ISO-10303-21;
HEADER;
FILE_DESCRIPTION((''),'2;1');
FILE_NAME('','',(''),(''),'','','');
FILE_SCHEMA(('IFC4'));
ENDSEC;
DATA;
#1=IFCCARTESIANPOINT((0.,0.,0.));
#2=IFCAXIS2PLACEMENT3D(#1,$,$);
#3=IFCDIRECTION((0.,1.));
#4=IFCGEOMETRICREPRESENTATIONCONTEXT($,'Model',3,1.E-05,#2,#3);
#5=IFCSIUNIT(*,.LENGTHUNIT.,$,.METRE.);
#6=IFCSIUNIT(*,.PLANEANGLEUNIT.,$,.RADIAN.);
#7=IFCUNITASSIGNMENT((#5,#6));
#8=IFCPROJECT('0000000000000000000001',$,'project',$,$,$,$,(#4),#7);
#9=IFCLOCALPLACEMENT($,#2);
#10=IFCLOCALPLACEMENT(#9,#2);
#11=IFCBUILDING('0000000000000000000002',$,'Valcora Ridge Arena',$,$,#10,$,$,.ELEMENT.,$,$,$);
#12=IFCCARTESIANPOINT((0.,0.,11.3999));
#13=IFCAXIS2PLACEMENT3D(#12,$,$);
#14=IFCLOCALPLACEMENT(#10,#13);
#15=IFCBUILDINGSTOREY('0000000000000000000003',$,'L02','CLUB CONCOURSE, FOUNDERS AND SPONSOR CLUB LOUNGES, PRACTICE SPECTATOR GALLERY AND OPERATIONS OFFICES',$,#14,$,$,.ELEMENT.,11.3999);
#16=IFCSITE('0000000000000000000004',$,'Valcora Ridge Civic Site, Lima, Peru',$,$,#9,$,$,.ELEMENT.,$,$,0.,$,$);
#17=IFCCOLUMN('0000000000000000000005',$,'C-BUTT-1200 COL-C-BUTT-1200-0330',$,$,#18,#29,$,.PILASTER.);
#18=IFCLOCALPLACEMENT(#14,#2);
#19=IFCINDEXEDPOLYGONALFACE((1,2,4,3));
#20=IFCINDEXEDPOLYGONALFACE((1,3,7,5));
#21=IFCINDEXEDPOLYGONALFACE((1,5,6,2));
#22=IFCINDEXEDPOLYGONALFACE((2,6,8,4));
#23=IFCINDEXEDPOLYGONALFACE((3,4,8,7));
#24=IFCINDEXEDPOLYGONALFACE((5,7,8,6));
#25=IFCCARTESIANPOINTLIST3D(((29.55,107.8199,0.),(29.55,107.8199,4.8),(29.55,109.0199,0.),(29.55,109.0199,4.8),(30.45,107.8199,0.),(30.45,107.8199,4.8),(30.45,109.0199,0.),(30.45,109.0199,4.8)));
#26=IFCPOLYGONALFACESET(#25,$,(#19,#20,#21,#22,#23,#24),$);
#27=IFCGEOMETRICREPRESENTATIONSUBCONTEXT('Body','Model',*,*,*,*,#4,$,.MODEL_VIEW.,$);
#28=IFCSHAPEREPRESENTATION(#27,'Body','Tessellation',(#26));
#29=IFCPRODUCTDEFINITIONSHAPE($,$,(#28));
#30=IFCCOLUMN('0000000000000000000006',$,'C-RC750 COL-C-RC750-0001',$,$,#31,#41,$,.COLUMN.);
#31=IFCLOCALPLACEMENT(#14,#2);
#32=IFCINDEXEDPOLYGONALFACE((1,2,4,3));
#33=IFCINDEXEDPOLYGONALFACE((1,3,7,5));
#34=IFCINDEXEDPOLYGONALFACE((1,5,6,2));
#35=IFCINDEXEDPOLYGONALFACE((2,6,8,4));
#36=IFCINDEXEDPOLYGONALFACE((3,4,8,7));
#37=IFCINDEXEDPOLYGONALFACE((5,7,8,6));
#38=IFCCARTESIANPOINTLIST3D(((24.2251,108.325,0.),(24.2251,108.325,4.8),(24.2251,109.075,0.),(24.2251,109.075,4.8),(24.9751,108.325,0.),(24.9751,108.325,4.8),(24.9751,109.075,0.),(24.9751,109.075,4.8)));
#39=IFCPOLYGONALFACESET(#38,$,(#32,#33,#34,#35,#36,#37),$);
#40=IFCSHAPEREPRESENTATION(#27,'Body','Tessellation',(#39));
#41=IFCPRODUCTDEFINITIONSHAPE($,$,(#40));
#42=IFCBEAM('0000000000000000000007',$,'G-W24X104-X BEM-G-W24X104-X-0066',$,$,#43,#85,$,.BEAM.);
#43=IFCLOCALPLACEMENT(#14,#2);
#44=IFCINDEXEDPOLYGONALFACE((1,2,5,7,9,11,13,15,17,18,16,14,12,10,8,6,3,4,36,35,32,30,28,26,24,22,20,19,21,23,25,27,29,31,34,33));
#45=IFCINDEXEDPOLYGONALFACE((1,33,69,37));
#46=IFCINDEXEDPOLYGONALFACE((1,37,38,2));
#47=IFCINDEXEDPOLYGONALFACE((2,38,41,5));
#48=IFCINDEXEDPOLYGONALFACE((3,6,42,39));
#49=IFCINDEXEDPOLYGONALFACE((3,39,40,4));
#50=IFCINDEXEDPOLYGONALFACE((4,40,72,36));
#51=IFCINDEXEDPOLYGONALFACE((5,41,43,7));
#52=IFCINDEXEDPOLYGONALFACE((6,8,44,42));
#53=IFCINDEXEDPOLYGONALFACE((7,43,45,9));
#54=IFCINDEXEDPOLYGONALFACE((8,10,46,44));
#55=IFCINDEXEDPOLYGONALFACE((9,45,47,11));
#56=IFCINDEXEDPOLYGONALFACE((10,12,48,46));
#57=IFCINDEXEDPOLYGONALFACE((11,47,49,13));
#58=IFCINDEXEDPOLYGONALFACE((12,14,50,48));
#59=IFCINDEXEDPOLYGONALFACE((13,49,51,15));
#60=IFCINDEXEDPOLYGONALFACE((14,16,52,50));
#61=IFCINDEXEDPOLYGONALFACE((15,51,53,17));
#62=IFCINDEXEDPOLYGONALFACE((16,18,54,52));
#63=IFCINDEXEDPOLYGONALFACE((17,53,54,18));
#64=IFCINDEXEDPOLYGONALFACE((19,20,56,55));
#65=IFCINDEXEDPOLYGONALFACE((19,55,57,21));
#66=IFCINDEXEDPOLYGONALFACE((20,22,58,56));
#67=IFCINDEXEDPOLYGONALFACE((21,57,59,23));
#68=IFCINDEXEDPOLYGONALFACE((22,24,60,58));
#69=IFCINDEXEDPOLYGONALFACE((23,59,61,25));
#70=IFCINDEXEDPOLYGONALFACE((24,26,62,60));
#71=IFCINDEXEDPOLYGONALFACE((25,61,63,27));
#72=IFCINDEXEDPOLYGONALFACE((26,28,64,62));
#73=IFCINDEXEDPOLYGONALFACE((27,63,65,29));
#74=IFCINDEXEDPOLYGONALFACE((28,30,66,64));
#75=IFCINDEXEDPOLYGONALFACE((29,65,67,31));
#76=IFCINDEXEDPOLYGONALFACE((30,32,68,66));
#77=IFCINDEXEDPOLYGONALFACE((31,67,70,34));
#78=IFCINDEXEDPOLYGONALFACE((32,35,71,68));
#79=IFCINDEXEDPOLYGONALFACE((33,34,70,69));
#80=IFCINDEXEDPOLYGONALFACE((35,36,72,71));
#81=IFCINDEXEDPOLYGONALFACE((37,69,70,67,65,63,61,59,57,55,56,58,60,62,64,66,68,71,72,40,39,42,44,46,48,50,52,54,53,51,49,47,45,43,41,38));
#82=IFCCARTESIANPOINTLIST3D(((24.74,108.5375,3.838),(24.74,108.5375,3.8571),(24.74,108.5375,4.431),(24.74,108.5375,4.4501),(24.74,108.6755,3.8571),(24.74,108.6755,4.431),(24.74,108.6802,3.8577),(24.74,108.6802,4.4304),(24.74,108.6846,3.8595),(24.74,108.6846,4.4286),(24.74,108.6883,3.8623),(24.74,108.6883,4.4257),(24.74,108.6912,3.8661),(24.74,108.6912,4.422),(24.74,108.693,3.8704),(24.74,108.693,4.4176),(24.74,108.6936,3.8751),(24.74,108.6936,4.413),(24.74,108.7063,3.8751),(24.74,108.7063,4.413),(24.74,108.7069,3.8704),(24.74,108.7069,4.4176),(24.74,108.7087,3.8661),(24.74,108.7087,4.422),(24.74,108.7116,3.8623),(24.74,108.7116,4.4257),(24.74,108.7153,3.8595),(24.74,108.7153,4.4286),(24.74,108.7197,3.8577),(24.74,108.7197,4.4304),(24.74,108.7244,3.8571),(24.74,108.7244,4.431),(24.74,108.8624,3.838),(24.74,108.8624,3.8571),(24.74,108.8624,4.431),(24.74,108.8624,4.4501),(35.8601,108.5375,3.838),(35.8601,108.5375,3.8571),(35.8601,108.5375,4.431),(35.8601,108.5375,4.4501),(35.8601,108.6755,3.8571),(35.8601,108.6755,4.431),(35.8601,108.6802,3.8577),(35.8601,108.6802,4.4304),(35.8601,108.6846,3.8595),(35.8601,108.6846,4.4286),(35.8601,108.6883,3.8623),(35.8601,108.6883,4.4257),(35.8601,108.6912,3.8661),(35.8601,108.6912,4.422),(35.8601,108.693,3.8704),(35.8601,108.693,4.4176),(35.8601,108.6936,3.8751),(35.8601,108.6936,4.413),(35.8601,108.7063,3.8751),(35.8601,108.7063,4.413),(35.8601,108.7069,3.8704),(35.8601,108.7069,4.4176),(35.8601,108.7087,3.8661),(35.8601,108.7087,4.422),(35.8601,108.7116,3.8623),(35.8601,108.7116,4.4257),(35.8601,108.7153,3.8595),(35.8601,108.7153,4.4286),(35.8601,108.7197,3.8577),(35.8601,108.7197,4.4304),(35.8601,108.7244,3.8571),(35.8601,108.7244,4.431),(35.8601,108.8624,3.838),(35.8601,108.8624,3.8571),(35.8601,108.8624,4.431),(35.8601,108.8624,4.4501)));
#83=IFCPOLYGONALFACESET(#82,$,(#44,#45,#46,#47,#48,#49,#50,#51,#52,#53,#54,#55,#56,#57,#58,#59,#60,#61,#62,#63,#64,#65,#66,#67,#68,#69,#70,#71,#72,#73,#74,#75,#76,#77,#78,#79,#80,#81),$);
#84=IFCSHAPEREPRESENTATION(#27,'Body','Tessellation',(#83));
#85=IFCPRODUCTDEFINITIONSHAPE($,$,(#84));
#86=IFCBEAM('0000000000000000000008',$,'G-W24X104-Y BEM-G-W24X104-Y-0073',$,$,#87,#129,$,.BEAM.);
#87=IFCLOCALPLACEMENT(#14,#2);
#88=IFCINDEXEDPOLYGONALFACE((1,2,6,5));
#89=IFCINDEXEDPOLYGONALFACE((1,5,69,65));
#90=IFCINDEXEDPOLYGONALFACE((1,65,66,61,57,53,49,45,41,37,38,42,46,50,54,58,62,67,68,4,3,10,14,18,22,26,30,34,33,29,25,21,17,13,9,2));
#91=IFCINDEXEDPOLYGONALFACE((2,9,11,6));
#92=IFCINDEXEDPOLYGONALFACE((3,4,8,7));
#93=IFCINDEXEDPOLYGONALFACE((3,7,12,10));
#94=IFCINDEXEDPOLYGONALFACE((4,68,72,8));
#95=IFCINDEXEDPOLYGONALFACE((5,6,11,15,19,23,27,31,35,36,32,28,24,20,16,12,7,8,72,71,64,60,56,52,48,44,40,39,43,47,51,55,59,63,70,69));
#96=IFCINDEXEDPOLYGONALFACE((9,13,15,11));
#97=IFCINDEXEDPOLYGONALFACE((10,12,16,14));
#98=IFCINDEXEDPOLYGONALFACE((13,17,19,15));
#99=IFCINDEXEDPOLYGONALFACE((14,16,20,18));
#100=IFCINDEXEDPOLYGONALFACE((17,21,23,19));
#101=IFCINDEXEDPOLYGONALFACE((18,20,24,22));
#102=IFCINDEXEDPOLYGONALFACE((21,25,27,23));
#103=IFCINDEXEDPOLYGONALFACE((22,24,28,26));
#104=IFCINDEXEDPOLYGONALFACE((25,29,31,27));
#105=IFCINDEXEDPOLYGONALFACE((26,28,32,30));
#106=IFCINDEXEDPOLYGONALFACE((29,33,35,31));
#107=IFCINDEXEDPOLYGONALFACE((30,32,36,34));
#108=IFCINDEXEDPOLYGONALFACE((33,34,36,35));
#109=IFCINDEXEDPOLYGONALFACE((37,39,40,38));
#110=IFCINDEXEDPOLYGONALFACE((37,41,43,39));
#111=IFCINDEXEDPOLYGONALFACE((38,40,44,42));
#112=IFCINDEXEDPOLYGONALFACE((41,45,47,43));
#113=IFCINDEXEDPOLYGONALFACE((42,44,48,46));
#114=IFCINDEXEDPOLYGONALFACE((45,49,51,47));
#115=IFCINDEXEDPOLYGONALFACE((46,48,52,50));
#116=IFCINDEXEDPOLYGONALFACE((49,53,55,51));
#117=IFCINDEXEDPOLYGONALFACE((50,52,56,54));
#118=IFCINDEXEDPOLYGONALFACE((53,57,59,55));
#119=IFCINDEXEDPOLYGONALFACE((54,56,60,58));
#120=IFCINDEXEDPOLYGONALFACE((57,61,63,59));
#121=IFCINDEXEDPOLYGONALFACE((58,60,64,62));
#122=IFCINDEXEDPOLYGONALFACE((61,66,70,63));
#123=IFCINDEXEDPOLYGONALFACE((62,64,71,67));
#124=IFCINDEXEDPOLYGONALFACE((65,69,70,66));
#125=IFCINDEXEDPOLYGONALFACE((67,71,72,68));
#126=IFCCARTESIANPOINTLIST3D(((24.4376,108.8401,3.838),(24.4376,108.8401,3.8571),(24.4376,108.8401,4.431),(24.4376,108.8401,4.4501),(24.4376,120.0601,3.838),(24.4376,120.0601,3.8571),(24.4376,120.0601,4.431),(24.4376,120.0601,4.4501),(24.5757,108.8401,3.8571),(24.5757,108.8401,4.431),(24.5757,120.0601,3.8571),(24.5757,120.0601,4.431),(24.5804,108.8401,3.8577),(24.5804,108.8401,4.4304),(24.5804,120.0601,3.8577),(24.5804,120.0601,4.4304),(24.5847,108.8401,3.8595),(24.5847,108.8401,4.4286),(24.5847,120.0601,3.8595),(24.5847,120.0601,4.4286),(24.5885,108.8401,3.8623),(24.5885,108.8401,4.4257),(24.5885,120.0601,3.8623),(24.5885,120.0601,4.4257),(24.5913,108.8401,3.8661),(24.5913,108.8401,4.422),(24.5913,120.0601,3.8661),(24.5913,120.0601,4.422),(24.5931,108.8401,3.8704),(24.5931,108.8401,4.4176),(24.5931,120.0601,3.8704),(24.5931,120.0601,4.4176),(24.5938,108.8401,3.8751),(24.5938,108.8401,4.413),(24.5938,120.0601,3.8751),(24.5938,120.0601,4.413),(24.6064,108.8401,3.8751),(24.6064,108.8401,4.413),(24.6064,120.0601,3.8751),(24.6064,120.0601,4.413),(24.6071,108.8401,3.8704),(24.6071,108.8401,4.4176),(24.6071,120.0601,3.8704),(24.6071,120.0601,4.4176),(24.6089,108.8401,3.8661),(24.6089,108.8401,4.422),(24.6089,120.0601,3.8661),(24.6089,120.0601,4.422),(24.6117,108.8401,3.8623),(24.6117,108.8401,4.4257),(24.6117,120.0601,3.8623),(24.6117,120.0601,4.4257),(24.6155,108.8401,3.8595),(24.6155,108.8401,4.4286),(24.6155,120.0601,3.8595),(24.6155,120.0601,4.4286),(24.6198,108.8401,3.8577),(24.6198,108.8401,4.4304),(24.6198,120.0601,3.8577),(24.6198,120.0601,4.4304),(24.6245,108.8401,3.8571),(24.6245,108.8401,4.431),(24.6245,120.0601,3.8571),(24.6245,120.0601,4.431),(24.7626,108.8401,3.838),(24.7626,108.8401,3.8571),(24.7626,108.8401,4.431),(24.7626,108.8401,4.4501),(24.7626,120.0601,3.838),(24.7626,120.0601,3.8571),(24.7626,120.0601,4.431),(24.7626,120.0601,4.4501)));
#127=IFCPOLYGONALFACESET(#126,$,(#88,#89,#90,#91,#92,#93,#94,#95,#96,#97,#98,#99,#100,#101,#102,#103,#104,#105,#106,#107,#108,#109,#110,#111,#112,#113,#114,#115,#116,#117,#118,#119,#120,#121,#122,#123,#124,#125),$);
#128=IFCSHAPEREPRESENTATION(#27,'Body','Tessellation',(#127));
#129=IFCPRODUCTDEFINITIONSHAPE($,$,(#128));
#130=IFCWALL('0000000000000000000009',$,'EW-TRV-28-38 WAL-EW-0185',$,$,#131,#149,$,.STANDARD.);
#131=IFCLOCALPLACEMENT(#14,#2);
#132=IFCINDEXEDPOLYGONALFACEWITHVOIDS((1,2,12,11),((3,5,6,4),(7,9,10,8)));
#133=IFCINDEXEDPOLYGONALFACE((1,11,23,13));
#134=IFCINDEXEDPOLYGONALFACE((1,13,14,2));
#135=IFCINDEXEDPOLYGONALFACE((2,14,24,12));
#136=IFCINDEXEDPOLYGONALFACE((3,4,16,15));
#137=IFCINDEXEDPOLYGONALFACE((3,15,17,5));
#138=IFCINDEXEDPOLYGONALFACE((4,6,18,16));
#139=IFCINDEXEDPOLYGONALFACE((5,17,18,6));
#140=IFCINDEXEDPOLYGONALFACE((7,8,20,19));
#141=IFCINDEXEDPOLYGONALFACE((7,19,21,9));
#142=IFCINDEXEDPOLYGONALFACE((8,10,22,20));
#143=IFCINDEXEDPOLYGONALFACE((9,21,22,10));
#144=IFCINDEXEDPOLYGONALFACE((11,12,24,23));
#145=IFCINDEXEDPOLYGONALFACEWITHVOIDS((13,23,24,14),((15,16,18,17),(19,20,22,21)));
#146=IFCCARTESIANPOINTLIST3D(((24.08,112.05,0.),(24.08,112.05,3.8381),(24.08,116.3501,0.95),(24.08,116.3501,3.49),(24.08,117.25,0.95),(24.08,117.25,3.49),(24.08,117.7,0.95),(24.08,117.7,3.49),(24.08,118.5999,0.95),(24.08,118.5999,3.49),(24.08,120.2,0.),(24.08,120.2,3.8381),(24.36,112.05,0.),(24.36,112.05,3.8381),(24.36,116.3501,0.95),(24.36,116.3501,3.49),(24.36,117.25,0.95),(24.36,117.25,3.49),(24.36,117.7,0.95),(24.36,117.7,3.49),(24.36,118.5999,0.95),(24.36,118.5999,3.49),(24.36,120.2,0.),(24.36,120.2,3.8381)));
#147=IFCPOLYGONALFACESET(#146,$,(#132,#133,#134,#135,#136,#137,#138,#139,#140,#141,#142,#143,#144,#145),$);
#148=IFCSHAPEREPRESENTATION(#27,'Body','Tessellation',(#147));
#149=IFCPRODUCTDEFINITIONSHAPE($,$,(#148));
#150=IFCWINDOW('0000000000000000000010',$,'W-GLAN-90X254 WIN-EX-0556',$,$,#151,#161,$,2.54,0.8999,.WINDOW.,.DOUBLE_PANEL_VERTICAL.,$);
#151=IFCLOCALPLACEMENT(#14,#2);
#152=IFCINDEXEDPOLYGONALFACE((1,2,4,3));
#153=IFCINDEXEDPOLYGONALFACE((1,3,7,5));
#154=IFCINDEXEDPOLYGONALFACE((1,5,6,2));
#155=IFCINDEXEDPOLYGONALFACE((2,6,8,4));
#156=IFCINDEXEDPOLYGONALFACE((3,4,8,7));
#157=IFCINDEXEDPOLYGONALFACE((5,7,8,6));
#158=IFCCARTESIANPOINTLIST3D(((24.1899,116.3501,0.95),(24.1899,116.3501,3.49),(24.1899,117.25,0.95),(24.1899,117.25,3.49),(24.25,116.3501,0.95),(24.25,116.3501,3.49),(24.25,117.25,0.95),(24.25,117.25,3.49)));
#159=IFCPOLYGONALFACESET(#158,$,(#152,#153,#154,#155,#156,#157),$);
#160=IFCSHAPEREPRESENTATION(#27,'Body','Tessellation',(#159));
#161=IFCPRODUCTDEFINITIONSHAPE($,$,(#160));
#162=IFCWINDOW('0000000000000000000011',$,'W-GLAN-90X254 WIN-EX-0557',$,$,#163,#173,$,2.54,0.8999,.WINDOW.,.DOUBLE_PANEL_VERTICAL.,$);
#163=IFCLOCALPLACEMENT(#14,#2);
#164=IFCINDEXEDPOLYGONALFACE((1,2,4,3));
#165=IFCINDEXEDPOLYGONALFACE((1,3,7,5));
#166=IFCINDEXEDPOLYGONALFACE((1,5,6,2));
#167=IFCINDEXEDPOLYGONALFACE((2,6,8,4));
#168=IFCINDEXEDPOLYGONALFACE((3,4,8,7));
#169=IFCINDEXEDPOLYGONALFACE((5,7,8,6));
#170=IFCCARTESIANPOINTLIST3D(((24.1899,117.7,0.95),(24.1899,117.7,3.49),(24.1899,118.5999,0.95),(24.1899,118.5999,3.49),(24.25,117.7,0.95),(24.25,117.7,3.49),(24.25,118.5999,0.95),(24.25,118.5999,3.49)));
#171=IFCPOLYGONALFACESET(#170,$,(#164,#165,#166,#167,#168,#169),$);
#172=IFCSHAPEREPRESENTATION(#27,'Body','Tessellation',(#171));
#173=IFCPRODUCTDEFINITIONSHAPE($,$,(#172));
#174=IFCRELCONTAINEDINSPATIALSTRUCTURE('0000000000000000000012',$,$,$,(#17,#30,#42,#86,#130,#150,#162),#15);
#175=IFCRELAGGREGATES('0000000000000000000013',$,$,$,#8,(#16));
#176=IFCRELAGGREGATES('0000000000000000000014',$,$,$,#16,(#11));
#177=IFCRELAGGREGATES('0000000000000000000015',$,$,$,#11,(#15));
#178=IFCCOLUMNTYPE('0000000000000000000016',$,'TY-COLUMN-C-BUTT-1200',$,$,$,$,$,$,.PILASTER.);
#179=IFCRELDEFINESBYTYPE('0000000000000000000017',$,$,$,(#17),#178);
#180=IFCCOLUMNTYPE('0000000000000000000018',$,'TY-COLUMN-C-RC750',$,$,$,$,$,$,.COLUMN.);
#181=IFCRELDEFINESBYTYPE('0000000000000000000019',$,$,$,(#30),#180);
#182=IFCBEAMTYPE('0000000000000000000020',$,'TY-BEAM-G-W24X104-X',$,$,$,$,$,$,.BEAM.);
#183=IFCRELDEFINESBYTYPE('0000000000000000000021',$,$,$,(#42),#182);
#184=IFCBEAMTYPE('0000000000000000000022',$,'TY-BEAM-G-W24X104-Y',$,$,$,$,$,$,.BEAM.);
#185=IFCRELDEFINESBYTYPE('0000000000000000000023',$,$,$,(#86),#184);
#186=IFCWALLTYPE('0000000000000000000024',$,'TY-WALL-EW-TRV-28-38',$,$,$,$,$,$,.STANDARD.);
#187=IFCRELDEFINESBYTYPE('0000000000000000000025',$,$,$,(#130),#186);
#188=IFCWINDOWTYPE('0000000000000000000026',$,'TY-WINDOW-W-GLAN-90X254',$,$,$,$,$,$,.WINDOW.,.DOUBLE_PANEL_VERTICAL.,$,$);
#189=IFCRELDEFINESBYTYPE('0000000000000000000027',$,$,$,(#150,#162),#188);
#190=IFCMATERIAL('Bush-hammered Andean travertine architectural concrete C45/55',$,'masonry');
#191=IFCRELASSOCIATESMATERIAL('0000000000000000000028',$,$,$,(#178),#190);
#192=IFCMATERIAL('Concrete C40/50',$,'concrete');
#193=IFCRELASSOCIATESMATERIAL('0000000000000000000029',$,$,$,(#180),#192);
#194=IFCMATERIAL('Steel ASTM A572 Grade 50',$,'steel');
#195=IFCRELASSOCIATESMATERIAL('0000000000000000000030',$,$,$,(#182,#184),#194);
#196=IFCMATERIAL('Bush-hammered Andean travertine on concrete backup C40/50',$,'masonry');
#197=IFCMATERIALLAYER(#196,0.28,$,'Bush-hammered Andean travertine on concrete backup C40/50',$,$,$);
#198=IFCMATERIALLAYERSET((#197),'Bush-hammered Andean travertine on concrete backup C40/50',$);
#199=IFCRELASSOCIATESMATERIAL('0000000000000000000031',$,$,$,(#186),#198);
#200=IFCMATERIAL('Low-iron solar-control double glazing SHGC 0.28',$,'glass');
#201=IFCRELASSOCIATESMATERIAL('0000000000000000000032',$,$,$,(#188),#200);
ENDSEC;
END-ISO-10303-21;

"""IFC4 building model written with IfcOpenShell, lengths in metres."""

from ifc_helpers import new_model, si_unit, direction, frame, frame_2d, origin, origin_2d, place, context, subcontext, project, spatial, rectangle, i_section, extrude, material, layer, layer_set, material_profile, profile_set, type_object, element, fill, save


model = new_model("IFC4")

# Units and contexts
model_context = context("Model", 3, precision=1e-05, world=origin(), true_north=direction((0.0, 1.0)))
body_context = subcontext(model_context, "Body", "Model", "MODEL_VIEW")
ifc_project = project(units=[si_unit("LENGTHUNIT", "METRE"), si_unit("PLANEANGLEUNIT", "RADIAN")], contexts=[model_context])

# Site, building, storey
site_placement = place(None, origin())
site = spatial("IfcSite", under=ifc_project, at=site_placement, Name="Valcora Ridge Civic Site, Lima, Peru", CompositionType="ELEMENT", RefElevation=0.0)
building_placement = place(site_placement, origin())
building = spatial("IfcBuilding", under=site, at=building_placement, Name="Valcora Ridge Arena", CompositionType="ELEMENT")
storey_placement = place(building_placement, frame((0.0, 0.0, 11.3999)))
storey = spatial("IfcBuildingStorey", under=building, at=storey_placement, Name="L02", Description="CLUB CONCOURSE, FOUNDERS AND SPONSOR CLUB LOUNGES, PRACTICE SPECTATOR GALLERY AND OPERATIONS OFFICES", CompositionType="ELEMENT", Elevation=11.3999)

# Columns
ifc_material_1 = material(Name="Bush-hammered Andean travertine architectural concrete C45/55", Category="masonry")
ifc_material_profile_1 = material_profile(ifc_material_1, rectangle(XDim=0.8999, YDim=1.2, at=origin_2d()), Name="RC 900x1200")
ifc_profile_set_1 = profile_set([ifc_material_profile_1], Name="Bush-hammered Andean travertine architectural concrete C45/55")
column_type_1 = type_object("IfcColumnType", Name="TY-COLUMN-C-BUTT-1200", PredefinedType="PILASTER", material=ifc_profile_set_1)
column_1_placement = place(storey_placement, frame((30.0, 108.4199, 0.0), z_axis=(0.0, 0.0, 1.0), x_axis=(1.0, 0.0, 0.0)))
element("IfcColumn", 1, at=column_1_placement, inside=storey, type_object=column_type_1, Name="C-BUTT-1200 COL-C-BUTT-1200-0330", PredefinedType="PILASTER", context=body_context, shape_type="SweptSolid", body=[
    extrude(rectangle(XDim=0.8999, YDim=1.2, at=origin_2d()), origin(), (0.0, 0.0, 1.0), 4.8),
])
ifc_material_2 = material(Name="Concrete C40/50", Category="concrete")
ifc_material_profile_2 = material_profile(ifc_material_2, rectangle(XDim=0.75, YDim=0.75, at=origin_2d()), Name="RC 750x750")
ifc_profile_set_2 = profile_set([ifc_material_profile_2], Name="Concrete C40/50")
column_type_2 = type_object("IfcColumnType", Name="TY-COLUMN-C-RC750", PredefinedType="COLUMN", material=ifc_profile_set_2)
column_2_placement = place(storey_placement, frame((24.6001, 108.7, 0.0), z_axis=(0.0, 0.0, 1.0), x_axis=(1.0, 0.0, 0.0)))
element("IfcColumn", 2, at=column_2_placement, inside=storey, type_object=column_type_2, Name="C-RC750 COL-C-RC750-0001", PredefinedType="COLUMN", context=body_context, shape_type="SweptSolid", body=[
    extrude(rectangle(XDim=0.75, YDim=0.75, at=origin_2d()), origin(), (0.0, 0.0, 1.0), 4.8),
])

# Beams
ifc_material_3 = material(Name="Steel ASTM A572 Grade 50", Category="steel")
ifc_material_profile_3 = material_profile(ifc_material_3, i_section(OverallWidth=0.325, OverallDepth=0.6121, WebThickness=0.0127, FlangeThickness=0.019, FilletRadius=0.0181, at=origin_2d()), Name="W24X104")
ifc_profile_set_3 = profile_set([ifc_material_profile_3], Name="Steel ASTM A572 Grade 50")
beam_type_1 = type_object("IfcBeamType", Name="TY-BEAM-G-W24X104-X", PredefinedType="BEAM", material=ifc_profile_set_3)
beam_1_placement = place(storey_placement, frame((24.74, 108.7, 4.144), z_axis=(1.0, 0.0, 0.0), x_axis=(0.0, 1.0, 0.0)))
element("IfcBeam", 3, at=beam_1_placement, inside=storey, type_object=beam_type_1, Name="G-W24X104-X BEM-G-W24X104-X-0066", PredefinedType="BEAM", context=body_context, shape_type="SweptSolid", body=[
    extrude(i_section(OverallWidth=0.325, OverallDepth=0.6121, WebThickness=0.0127, FlangeThickness=0.019, FilletRadius=0.0181, at=origin_2d()), origin(), (0.0, 0.0, 1.0), 11.1201),
])
ifc_material_profile_4 = material_profile(ifc_material_3, i_section(OverallWidth=0.325, OverallDepth=0.6121, WebThickness=0.0127, FlangeThickness=0.019, FilletRadius=0.0181, at=origin_2d()), Name="W24X104")
ifc_profile_set_4 = profile_set([ifc_material_profile_4], Name="Steel ASTM A572 Grade 50")
beam_type_2 = type_object("IfcBeamType", Name="TY-BEAM-G-W24X104-Y", PredefinedType="BEAM", material=ifc_profile_set_4)
beam_2_placement = place(storey_placement, frame((24.6001, 108.8401, 4.144), z_axis=(0.0, 1.0, 0.0), x_axis=(-1.0, 0.0, 0.0)))
element("IfcBeam", 4, at=beam_2_placement, inside=storey, type_object=beam_type_2, Name="G-W24X104-Y BEM-G-W24X104-Y-0073", PredefinedType="BEAM", context=body_context, shape_type="SweptSolid", body=[
    extrude(i_section(OverallWidth=0.325, OverallDepth=0.6121, WebThickness=0.0127, FlangeThickness=0.019, FilletRadius=0.0181, at=origin_2d()), origin(), (0.0, 0.0, 1.0), 11.22),
])

# Wall, openings, windows
ifc_material_4 = material(Name="Bush-hammered Andean travertine on concrete backup C40/50", Category="masonry")
ifc_layer_1 = layer(ifc_material_4, 0.28, Name="Bush-hammered Andean travertine on concrete backup C40/50")
ifc_layer_set_1 = layer_set([ifc_layer_1], Name="Bush-hammered Andean travertine on concrete backup C40/50")
wall_type_1 = type_object("IfcWallType", Name="TY-WALL-EW-TRV-28-38", PredefinedType="STANDARD", material=ifc_layer_set_1)
wall_1_placement = place(storey_placement, frame((24.22, 112.05, 0.0), z_axis=(0.0, 0.0, 1.0), x_axis=(0.0, 1.0, 0.0)))
wall_1 = element("IfcWall", 5, at=wall_1_placement, inside=storey, type_object=wall_type_1, Name="EW-TRV-28-38 WAL-EW-0185", PredefinedType="STANDARD", context=body_context, shape_type="SweptSolid", body=[
    extrude(rectangle(XDim=8.1499, YDim=0.28, at=frame_2d((4.075, 0.0))), origin(), (0.0, 0.0, 1.0), 3.8381),
])
opening_1_placement = place(wall_1_placement, frame((4.3, 0.0, 0.95)))
opening_1 = element("IfcOpeningElement", 6, at=opening_1_placement, cuts=wall_1, PredefinedType="OPENING", context=body_context, shape_type="SweptSolid", body=[
    extrude(rectangle(XDim=0.8999, YDim=2.54, at=frame_2d((0.45, 1.27))), frame((0.0, 0.1499, 0.0), z_axis=(0.0, -1.0, 0.0), x_axis=(1.0, 0.0, 0.0)), (0.0, 0.0, 1.0), 0.3),
])
opening_2_placement = place(wall_1_placement, frame((5.6499, 0.0, 0.95)))
opening_2 = element("IfcOpeningElement", 7, at=opening_2_placement, cuts=wall_1, PredefinedType="OPENING", context=body_context, shape_type="SweptSolid", body=[
    extrude(rectangle(XDim=0.8999, YDim=2.54, at=frame_2d((0.45, 1.27))), frame((0.0, 0.1499, 0.0), z_axis=(0.0, -1.0, 0.0), x_axis=(1.0, 0.0, 0.0)), (0.0, 0.0, 1.0), 0.3),
])
ifc_material_5 = material(Name="Low-iron solar-control double glazing SHGC 0.28", Category="glass")
window_type_1 = type_object("IfcWindowType", Name="TY-WINDOW-W-GLAN-90X254", PartitioningType="DOUBLE_PANEL_VERTICAL", PredefinedType="WINDOW", material=ifc_material_5)
window_1_placement = place(opening_1_placement, origin())
window_1 = element("IfcWindow", 8, at=window_1_placement, inside=storey, type_object=window_type_1, Name="W-GLAN-90X254 WIN-EX-0556", OverallHeight=2.54, OverallWidth=0.8999, PartitioningType="DOUBLE_PANEL_VERTICAL", PredefinedType="WINDOW", context=body_context, shape_type="SweptSolid", body=[
    extrude(rectangle(XDim=0.8999, YDim=2.54, at=frame_2d((0.45, 1.27))), frame((0.0, 0.03, 0.0), z_axis=(0.0, -1.0, 0.0), x_axis=(1.0, 0.0, 0.0)), (0.0, 0.0, 1.0), 0.0601),
])
fill(opening_1, window_1)
window_2_placement = place(opening_2_placement, origin())
window_2 = element("IfcWindow", 9, at=window_2_placement, inside=storey, type_object=window_type_1, Name="W-GLAN-90X254 WIN-EX-0557", OverallHeight=2.54, OverallWidth=0.8999, PartitioningType="DOUBLE_PANEL_VERTICAL", PredefinedType="WINDOW", context=body_context, shape_type="SweptSolid", body=[
    extrude(rectangle(XDim=0.8999, YDim=2.54, at=frame_2d((0.45, 1.27))), frame((0.0, 0.03, 0.0), z_axis=(0.0, -1.0, 0.0), x_axis=(1.0, 0.0, 0.0)), (0.0, 0.0, 1.0), 0.0601),
])
fill(opening_2, window_2)

save(model, "model.ifc")
